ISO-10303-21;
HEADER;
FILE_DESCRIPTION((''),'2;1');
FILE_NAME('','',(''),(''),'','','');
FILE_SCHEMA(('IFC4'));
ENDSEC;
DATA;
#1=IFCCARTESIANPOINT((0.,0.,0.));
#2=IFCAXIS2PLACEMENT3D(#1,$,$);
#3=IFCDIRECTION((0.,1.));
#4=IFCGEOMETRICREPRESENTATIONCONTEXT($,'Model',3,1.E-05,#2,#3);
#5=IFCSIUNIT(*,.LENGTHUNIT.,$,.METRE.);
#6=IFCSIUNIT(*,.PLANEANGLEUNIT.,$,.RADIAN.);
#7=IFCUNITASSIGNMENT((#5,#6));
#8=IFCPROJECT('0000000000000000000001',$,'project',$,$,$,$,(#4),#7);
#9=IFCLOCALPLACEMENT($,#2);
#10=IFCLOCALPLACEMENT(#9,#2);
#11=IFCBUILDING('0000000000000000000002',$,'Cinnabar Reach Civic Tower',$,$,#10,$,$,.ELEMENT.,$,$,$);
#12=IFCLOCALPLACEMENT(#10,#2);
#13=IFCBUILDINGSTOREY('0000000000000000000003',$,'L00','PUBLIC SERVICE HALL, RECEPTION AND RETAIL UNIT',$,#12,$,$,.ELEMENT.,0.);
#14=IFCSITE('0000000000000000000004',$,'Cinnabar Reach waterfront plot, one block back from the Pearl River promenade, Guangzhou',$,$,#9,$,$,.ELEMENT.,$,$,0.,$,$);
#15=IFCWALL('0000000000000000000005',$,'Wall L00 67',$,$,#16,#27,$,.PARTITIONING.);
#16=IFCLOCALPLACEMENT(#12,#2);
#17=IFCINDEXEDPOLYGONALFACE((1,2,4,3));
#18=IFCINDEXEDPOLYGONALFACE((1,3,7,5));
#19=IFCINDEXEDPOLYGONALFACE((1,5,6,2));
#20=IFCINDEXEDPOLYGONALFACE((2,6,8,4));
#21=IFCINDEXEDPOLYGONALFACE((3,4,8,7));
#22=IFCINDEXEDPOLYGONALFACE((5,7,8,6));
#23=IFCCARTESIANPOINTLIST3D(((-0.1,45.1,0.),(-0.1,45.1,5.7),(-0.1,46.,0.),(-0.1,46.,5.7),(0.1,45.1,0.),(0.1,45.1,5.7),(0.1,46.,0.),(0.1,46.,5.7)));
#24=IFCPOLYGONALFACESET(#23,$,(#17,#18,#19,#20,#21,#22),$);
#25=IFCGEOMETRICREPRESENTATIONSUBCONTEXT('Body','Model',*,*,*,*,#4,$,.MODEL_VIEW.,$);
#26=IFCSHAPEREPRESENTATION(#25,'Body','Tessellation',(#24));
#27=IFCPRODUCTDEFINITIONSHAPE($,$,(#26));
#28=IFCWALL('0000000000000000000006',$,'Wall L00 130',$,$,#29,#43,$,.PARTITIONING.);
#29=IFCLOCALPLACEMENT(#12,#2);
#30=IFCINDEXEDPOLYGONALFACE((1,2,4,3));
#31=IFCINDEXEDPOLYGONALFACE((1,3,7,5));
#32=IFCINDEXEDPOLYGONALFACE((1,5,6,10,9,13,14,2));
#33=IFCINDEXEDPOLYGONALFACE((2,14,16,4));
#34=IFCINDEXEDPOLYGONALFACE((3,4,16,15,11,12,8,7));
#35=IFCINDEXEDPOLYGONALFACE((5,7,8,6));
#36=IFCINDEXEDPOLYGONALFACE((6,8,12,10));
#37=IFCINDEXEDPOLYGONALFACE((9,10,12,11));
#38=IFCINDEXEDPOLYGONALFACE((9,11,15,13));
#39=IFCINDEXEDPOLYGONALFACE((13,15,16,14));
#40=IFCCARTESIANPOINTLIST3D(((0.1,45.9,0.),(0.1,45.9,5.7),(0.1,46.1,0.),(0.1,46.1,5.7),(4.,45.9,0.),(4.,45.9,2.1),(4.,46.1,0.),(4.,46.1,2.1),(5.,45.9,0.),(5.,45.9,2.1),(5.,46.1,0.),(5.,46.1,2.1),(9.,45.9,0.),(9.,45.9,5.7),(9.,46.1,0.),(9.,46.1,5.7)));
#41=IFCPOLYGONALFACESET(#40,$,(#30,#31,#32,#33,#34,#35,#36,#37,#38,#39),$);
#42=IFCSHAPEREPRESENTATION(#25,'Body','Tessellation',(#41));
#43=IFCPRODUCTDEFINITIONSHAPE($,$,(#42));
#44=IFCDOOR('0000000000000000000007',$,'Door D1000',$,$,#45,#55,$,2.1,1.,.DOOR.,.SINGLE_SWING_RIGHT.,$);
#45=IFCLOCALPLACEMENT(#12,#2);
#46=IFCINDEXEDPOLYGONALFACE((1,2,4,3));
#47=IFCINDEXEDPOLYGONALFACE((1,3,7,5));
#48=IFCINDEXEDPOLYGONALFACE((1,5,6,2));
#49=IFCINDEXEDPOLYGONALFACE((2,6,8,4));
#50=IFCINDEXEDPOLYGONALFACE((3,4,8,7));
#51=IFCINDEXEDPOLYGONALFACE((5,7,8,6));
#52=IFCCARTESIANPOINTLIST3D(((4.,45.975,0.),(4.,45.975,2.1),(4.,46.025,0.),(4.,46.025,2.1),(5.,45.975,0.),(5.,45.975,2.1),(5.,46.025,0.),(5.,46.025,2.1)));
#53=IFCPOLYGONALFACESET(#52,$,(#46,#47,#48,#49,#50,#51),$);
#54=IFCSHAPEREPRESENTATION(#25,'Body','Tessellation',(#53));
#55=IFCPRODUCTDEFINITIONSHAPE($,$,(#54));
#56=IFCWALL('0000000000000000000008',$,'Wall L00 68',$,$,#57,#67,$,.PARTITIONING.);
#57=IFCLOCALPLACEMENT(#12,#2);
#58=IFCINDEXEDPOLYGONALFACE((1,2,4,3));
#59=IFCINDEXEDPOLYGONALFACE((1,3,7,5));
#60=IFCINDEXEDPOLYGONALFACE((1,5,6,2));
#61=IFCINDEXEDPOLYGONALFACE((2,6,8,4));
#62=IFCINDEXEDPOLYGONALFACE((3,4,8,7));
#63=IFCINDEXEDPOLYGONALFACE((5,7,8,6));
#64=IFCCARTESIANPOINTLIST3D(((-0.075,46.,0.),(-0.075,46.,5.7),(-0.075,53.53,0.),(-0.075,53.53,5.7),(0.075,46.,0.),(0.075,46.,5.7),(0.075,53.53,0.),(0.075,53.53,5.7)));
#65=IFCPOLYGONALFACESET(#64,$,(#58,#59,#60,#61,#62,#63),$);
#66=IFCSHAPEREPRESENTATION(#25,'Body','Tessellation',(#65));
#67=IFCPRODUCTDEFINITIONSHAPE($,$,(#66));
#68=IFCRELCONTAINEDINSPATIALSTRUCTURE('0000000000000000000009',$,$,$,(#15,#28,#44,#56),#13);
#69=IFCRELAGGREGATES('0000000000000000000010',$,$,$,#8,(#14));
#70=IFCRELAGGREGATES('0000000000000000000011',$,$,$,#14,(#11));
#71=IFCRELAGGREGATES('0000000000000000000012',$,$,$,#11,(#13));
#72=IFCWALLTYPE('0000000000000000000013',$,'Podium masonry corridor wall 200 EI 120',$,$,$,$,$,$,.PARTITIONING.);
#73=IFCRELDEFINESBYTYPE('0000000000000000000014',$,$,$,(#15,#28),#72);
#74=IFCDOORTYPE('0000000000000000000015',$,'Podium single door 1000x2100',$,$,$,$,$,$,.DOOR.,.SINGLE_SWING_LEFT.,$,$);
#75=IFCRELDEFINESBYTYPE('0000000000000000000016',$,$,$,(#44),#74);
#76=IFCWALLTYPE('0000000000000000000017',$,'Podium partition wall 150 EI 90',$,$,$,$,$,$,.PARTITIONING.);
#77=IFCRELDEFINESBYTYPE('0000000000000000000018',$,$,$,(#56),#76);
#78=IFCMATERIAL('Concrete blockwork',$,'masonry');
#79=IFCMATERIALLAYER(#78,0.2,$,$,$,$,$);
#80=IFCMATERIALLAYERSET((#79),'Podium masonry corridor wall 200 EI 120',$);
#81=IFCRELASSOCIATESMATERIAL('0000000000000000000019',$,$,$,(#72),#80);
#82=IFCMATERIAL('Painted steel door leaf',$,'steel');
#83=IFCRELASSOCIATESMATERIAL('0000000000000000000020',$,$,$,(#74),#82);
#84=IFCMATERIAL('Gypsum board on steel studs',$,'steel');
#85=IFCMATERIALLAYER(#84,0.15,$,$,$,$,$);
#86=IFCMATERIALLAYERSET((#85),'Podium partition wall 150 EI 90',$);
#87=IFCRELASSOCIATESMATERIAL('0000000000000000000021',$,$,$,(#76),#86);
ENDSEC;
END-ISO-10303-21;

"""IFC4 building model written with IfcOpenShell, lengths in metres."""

from ifc_helpers import new_model, si_unit, direction, frame, frame_2d, origin, place, context, subcontext, project, spatial, rectangle, extrude, material, layer, layer_set, type_object, element, fill, save


model = new_model("IFC4")

# Units and contexts
model_context = context("Model", 3, precision=1e-05, world=origin(), true_north=direction((0.0, 1.0)))
body_context = subcontext(model_context, "Body", "Model", "MODEL_VIEW")
ifc_project = project(units=[si_unit("LENGTHUNIT", "METRE"), si_unit("PLANEANGLEUNIT", "RADIAN")], contexts=[model_context])

# Site, building, storey
site_placement = place(None, origin())
site = spatial("IfcSite", under=ifc_project, at=site_placement, Name="Cinnabar Reach waterfront plot, one block back from the Pearl River promenade, Guangzhou", CompositionType="ELEMENT", RefElevation=0.0)
building_placement = place(site_placement, origin())
building = spatial("IfcBuilding", under=site, at=building_placement, Name="Cinnabar Reach Civic Tower", CompositionType="ELEMENT")
storey_placement = place(building_placement, origin())
storey = spatial("IfcBuildingStorey", under=building, at=storey_placement, Name="L00", Description="PUBLIC SERVICE HALL, RECEPTION AND RETAIL UNIT", CompositionType="ELEMENT", Elevation=0.0)

# Wall
ifc_material_1 = material(Name="Concrete blockwork", Category="masonry")
ifc_layer_1 = layer(ifc_material_1, 0.2)
ifc_layer_set_1 = layer_set([ifc_layer_1], Name="Podium masonry corridor wall 200 EI 120")
wall_type_1 = type_object("IfcWallType", Name="Podium masonry corridor wall 200 EI 120", PredefinedType="PARTITIONING", material=ifc_layer_set_1)
wall_1_placement = place(storey_placement, frame((0.0, 45.1, 0.0), z_axis=(0.0, 0.0, 1.0), x_axis=(0.0, 1.0, 0.0)))
element("IfcWall", 1, at=wall_1_placement, inside=storey, type_object=wall_type_1, Name="Wall L00 67", PredefinedType="PARTITIONING", context=body_context, shape_type="SweptSolid", body=[
    extrude(rectangle(XDim=0.9, YDim=0.2, at=frame_2d((0.45, 0.0))), origin(), (0.0, 0.0, 1.0), 5.7),
])

# Wall, opening, door
wall_2_placement = place(storey_placement, frame((0.1, 46.0, 0.0), z_axis=(0.0, 0.0, 1.0), x_axis=(1.0, 0.0, 0.0)))
wall_2 = element("IfcWall", 2, at=wall_2_placement, inside=storey, type_object=wall_type_1, Name="Wall L00 130", PredefinedType="PARTITIONING", context=body_context, shape_type="SweptSolid", body=[
    extrude(rectangle(XDim=8.9, YDim=0.2, at=frame_2d((4.45, 0.0))), origin(), (0.0, 0.0, 1.0), 5.7),
])
opening_placement = place(wall_2_placement, frame((3.9, 0.0, 0.0)))
opening = element("IfcOpeningElement", 3, at=opening_placement, cuts=wall_2, PredefinedType="OPENING", context=body_context, shape_type="SweptSolid", body=[
    extrude(rectangle(XDim=1.0, YDim=2.1, at=frame_2d((0.5, 1.05))), frame((0.0, 0.11, 0.0), z_axis=(0.0, -1.0, 0.0), x_axis=(1.0, 0.0, 0.0)), (0.0, 0.0, 1.0), 0.22),
])
ifc_material_2 = material(Name="Painted steel door leaf", Category="steel")
door_type = type_object("IfcDoorType", Name="Podium single door 1000x2100", OperationType="SINGLE_SWING_LEFT", PredefinedType="DOOR", material=ifc_material_2)
door_placement = place(opening_placement, origin())
door = element("IfcDoor", 4, at=door_placement, inside=storey, type_object=door_type, Name="Door D1000", OperationType="SINGLE_SWING_RIGHT", OverallHeight=2.1, OverallWidth=1.0, PredefinedType="DOOR", context=body_context, shape_type="SweptSolid", body=[
    extrude(rectangle(XDim=1.0, YDim=2.1, at=frame_2d((0.5, 1.05))), frame((0.0, 0.025, 0.0), z_axis=(0.0, -1.0, 0.0), x_axis=(1.0, 0.0, 0.0)), (0.0, 0.0, 1.0), 0.05),
])
fill(opening, door)

# Wall
ifc_material_3 = material(Name="Gypsum board on steel studs", Category="steel")
ifc_layer_2 = layer(ifc_material_3, 0.15)
ifc_layer_set_2 = layer_set([ifc_layer_2], Name="Podium partition wall 150 EI 90")
wall_type_2 = type_object("IfcWallType", Name="Podium partition wall 150 EI 90", PredefinedType="PARTITIONING", material=ifc_layer_set_2)
wall_3_placement = place(storey_placement, frame((0.0, 46.0, 0.0), z_axis=(0.0, 0.0, 1.0), x_axis=(0.0, 1.0, 0.0)))
element("IfcWall", 5, at=wall_3_placement, inside=storey, type_object=wall_type_2, Name="Wall L00 68", PredefinedType="PARTITIONING", context=body_context, shape_type="SweptSolid", body=[
    extrude(rectangle(XDim=7.53, YDim=0.15, at=frame_2d((3.765, 0.0))), origin(), (0.0, 0.0, 1.0), 5.7),
])

save(model, "model.ifc")
